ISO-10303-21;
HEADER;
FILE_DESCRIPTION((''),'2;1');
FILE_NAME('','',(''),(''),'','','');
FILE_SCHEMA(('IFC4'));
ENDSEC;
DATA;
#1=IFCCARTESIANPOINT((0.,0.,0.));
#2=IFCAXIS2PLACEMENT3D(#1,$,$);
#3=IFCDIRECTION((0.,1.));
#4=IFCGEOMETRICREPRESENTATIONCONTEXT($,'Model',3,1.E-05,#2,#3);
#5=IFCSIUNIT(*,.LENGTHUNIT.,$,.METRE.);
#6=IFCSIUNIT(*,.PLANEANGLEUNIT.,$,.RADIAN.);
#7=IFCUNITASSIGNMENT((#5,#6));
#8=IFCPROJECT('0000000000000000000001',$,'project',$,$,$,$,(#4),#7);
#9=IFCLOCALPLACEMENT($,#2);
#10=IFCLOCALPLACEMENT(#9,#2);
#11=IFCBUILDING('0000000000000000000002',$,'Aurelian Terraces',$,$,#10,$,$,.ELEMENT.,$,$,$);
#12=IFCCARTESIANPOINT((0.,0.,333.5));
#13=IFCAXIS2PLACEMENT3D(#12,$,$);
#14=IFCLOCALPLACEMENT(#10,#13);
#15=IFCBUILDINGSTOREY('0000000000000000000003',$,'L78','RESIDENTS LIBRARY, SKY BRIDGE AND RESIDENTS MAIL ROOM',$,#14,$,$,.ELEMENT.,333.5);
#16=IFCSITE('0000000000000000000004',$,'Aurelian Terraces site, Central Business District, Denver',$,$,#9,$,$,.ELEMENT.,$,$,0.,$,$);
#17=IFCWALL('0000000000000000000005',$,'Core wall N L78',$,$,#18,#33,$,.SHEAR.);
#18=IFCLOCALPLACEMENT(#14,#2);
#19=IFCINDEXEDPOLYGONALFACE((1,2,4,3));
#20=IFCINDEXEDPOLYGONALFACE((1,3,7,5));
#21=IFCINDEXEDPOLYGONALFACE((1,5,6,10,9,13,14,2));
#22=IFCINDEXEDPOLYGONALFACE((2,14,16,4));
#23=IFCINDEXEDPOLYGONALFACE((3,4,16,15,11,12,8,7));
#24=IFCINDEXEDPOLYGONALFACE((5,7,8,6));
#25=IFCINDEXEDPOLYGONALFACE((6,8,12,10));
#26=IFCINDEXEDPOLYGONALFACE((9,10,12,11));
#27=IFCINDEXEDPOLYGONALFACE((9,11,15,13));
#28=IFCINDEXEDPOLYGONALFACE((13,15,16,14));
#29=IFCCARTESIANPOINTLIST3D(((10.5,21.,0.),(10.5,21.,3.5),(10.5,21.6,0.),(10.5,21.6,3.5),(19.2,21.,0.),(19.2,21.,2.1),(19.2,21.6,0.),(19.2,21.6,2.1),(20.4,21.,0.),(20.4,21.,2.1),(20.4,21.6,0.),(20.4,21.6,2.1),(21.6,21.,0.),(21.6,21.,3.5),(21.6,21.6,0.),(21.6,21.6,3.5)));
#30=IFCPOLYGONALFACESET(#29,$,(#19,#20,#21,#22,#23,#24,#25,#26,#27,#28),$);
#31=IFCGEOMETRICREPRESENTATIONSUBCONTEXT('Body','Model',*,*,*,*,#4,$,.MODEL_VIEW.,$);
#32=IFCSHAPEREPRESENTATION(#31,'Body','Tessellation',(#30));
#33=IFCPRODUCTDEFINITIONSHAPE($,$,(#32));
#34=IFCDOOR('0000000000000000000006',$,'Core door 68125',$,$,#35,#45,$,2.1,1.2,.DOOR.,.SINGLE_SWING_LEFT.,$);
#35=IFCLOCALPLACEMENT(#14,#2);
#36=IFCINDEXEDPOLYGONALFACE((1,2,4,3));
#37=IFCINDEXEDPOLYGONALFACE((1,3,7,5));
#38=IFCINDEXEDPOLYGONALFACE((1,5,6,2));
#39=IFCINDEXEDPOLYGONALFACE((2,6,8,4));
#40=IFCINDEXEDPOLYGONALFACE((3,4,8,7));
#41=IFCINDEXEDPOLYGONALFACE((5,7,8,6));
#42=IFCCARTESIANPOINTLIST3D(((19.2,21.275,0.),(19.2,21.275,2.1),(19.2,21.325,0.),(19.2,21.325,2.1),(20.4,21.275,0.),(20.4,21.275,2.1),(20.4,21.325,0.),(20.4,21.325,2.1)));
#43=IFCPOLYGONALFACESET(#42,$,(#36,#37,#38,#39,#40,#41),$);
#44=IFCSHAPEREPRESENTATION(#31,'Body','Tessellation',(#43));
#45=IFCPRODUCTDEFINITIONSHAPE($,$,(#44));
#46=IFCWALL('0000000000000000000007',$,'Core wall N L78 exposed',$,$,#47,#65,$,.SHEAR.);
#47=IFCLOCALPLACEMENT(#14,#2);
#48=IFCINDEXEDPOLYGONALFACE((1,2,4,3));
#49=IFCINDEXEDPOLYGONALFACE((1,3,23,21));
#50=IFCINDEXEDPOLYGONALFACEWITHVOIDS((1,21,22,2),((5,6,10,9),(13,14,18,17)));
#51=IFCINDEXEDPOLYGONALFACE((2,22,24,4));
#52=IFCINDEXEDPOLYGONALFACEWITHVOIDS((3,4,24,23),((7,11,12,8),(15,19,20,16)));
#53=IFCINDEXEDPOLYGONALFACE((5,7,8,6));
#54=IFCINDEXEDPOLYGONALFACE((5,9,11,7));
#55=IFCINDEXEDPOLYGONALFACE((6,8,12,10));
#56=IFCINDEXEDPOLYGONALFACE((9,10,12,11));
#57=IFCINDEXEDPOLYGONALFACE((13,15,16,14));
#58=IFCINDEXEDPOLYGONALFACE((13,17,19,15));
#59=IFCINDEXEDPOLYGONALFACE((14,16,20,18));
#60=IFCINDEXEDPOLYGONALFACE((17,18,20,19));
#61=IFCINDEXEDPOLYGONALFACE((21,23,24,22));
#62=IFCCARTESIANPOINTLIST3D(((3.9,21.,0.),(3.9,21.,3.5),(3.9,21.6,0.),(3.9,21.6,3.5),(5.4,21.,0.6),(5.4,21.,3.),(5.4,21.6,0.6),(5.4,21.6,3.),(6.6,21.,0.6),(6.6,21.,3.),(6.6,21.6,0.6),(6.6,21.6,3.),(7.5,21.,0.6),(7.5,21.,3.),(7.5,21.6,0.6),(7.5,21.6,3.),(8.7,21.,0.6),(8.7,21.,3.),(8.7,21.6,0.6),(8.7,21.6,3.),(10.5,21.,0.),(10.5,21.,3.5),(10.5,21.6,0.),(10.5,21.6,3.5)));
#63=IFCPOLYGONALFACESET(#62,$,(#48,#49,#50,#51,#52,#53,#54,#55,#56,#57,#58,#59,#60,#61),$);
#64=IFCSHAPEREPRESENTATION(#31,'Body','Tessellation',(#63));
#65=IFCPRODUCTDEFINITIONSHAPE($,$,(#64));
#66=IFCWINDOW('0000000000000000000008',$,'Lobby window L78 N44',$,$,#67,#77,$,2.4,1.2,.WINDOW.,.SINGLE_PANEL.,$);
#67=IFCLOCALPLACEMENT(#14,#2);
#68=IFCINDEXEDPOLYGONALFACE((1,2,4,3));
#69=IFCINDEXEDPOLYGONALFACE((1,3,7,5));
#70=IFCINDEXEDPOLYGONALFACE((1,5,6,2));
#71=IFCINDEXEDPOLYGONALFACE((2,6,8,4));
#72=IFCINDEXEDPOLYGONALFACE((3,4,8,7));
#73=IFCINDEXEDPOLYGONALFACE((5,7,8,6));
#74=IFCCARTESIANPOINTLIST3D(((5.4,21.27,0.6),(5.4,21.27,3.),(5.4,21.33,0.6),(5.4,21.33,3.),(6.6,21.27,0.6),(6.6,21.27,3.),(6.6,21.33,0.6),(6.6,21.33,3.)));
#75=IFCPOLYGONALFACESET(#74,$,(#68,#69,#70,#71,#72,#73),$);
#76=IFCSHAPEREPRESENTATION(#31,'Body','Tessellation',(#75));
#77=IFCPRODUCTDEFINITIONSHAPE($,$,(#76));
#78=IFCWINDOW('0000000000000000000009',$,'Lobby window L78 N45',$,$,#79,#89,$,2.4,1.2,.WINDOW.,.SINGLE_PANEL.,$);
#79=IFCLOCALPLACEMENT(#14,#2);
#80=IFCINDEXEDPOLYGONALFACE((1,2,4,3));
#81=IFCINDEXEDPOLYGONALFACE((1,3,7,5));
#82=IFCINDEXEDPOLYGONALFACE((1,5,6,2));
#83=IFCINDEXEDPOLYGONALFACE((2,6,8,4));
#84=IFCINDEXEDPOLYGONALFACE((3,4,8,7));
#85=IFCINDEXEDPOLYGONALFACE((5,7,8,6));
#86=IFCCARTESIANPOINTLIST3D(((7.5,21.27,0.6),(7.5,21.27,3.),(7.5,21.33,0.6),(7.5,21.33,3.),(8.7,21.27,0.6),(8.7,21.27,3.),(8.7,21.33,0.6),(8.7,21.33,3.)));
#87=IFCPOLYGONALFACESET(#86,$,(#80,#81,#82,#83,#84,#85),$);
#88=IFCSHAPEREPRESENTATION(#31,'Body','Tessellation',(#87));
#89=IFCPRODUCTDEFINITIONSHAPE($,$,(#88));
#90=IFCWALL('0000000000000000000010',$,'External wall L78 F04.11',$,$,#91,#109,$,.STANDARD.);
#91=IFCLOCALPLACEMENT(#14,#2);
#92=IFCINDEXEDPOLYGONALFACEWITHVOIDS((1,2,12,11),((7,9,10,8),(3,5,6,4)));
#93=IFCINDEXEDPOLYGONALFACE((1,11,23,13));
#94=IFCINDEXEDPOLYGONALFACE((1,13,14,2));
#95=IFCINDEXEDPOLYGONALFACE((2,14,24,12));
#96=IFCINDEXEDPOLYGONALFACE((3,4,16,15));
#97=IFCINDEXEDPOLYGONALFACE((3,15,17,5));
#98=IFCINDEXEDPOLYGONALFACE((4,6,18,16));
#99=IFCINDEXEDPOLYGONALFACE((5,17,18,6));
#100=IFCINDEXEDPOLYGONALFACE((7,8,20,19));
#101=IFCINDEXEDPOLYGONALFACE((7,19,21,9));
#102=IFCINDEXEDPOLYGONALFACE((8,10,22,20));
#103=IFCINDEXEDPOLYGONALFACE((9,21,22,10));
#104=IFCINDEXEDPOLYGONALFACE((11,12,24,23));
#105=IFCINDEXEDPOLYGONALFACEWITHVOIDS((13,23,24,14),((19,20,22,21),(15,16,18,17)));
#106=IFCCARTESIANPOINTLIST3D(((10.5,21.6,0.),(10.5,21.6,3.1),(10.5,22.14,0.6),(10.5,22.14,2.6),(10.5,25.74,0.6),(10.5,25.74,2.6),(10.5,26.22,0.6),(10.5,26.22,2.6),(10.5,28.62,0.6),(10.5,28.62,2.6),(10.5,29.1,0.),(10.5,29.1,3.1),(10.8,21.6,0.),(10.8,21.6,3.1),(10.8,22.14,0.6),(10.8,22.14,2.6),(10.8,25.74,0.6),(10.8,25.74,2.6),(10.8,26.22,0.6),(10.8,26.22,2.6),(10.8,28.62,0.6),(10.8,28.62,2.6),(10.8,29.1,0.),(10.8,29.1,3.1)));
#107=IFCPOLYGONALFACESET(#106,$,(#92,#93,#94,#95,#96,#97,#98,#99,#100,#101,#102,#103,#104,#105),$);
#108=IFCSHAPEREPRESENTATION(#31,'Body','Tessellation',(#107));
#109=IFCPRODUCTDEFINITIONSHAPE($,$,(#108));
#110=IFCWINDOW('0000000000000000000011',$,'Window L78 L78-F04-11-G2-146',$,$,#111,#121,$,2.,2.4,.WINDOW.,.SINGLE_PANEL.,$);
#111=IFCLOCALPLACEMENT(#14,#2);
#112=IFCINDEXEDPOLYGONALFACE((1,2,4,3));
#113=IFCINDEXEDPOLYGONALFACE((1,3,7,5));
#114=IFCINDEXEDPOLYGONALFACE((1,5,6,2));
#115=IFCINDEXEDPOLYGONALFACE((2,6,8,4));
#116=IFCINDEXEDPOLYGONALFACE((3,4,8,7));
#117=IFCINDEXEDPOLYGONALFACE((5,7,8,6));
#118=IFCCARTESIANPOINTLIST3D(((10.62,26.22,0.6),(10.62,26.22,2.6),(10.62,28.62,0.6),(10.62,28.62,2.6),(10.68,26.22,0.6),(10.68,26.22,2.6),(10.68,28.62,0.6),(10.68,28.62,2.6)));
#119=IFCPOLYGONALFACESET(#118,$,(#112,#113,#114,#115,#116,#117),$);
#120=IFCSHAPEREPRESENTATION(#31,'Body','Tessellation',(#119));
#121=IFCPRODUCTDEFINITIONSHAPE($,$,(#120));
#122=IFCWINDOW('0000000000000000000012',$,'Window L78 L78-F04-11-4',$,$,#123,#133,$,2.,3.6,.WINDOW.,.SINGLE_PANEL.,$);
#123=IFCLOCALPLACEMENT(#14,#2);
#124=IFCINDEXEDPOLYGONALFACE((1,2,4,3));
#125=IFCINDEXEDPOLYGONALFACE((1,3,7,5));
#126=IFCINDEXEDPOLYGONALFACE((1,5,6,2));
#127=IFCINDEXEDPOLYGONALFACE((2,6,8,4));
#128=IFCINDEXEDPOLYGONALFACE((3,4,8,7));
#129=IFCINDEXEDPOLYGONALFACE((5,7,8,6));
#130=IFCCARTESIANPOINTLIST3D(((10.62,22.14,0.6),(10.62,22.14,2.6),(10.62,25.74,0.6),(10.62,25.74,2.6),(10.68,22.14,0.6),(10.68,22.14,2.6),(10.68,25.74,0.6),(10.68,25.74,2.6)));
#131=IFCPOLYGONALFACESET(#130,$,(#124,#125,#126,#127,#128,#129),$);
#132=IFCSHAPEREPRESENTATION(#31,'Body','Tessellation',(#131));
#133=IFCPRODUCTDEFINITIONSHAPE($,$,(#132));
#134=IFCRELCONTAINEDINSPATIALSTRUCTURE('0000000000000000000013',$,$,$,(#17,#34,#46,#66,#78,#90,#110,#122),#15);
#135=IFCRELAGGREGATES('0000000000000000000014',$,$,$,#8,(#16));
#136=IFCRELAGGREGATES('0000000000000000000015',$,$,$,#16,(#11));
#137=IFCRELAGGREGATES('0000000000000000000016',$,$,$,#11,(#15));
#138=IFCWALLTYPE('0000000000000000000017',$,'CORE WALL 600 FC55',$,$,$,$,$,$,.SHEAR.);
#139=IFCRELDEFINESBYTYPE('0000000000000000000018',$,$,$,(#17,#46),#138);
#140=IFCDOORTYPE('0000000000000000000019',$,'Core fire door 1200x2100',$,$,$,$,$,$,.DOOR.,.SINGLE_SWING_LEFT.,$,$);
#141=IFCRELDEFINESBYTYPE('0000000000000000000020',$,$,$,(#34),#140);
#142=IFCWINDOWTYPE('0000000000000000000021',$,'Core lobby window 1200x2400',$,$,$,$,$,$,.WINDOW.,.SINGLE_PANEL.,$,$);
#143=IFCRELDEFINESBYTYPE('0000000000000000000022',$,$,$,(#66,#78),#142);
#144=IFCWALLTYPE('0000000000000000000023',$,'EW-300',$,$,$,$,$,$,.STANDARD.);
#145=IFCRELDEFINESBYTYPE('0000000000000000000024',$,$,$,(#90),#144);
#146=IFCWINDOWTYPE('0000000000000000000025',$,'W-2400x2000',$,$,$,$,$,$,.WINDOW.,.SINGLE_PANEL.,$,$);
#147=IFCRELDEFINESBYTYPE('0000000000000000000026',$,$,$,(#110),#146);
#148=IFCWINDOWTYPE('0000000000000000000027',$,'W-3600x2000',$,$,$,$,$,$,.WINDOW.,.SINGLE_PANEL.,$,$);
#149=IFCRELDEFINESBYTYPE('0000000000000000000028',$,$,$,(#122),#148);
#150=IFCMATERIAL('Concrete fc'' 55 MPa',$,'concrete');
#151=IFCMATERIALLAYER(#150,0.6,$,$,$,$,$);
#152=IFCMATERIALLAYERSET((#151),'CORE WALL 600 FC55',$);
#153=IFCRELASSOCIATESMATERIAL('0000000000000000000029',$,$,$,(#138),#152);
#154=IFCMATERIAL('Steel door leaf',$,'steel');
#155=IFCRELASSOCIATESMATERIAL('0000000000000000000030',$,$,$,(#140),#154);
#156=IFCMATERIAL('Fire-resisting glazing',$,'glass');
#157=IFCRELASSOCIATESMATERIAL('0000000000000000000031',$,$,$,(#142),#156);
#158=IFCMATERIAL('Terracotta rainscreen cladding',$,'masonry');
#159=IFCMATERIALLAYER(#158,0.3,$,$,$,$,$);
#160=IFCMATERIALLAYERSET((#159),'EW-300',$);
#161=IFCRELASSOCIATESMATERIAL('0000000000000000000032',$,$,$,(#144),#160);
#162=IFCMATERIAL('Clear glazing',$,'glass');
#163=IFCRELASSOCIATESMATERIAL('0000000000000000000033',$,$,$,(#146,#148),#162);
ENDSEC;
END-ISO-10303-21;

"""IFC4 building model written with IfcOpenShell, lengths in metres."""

from ifc_helpers import new_model, si_unit, direction, frame, frame_2d, origin, place, context, subcontext, project, spatial, rectangle, extrude, source, transform, mapped, material, layer, layer_set, type_object, element, fill, save


model = new_model("IFC4")

# Units and contexts
model_context = context("Model", 3, precision=1e-05, world=origin(), true_north=direction((0.0, 1.0)))
body_context = subcontext(model_context, "Body", "Model", "MODEL_VIEW")
ifc_project = project(units=[si_unit("LENGTHUNIT", "METRE"), si_unit("PLANEANGLEUNIT", "RADIAN")], contexts=[model_context])

# Site, building, storey
site_placement = place(None, origin())
site = spatial("IfcSite", under=ifc_project, at=site_placement, Name="Aurelian Terraces site, Central Business District, Denver", CompositionType="ELEMENT", RefElevation=0.0)
building_placement = place(site_placement, origin())
building = spatial("IfcBuilding", under=site, at=building_placement, Name="Aurelian Terraces", CompositionType="ELEMENT")
storey_placement = place(building_placement, frame((0.0, 0.0, 333.5)))
storey = spatial("IfcBuildingStorey", under=building, at=storey_placement, Name="L78", Description="RESIDENTS LIBRARY, SKY BRIDGE AND RESIDENTS MAIL ROOM", CompositionType="ELEMENT", Elevation=333.5)

# Wall, opening, door
ifc_material_1 = material(Name="Concrete fc' 55 MPa", Category="concrete")
ifc_layer_1 = layer(ifc_material_1, 0.6)
ifc_layer_set_1 = layer_set([ifc_layer_1], Name="CORE WALL 600 FC55")
wall_type_1 = type_object("IfcWallType", Name="CORE WALL 600 FC55", PredefinedType="SHEAR", material=ifc_layer_set_1)
shared_shape_1 = source(origin(), body_context, "Body", "SweptSolid", [
    extrude(rectangle(XDim=11.1, YDim=0.6, at=frame_2d((5.55, 0.0))), origin(), (0.0, 0.0, 1.0), 3.5),
])
wall_1_placement = place(storey_placement, frame((10.5, 21.3, 0.0), z_axis=(0.0, 0.0, 1.0), x_axis=(1.0, 0.0, 0.0)))
wall_1 = element("IfcWall", 1, at=wall_1_placement, inside=storey, type_object=wall_type_1, Name="Core wall N L78", PredefinedType="SHEAR", context=body_context, shape_type="MappedRepresentation", body=[
    mapped(shared_shape_1, transform((0.0, 0.0, 0.0), scale=1.0)),
])
shared_shape_2 = source(origin(), body_context, "Body", "SweptSolid", [
    extrude(rectangle(XDim=1.2, YDim=2.1, at=frame_2d((0.6, 1.05))), frame((0.0, 0.31, 0.0), z_axis=(0.0, -1.0, 0.0), x_axis=(1.0, 0.0, 0.0)), (0.0, 0.0, 1.0), 0.62),
])
opening_1_placement = place(wall_1_placement, frame((8.7, 0.0, 0.0)))
opening_1 = element("IfcOpeningElement", 2, at=opening_1_placement, cuts=wall_1, PredefinedType="OPENING", context=body_context, shape_type="MappedRepresentation", body=[
    mapped(shared_shape_2, transform((0.0, 0.0, 0.0), scale=1.0)),
])
ifc_material_2 = material(Name="Steel door leaf", Category="steel")
door_type = type_object("IfcDoorType", Name="Core fire door 1200x2100", OperationType="SINGLE_SWING_LEFT", PredefinedType="DOOR", material=ifc_material_2)
shared_shape_3 = source(origin(), body_context, "Body", "SweptSolid", [
    extrude(rectangle(XDim=1.2, YDim=2.1, at=frame_2d((0.6, 1.05))), frame((0.0, 0.025, 0.0), z_axis=(0.0, -1.0, 0.0), x_axis=(1.0, 0.0, 0.0)), (0.0, 0.0, 1.0), 0.05),
])
door_placement = place(opening_1_placement, origin())
door = element("IfcDoor", 3, at=door_placement, inside=storey, type_object=door_type, Name="Core door 68125", OperationType="SINGLE_SWING_LEFT", OverallHeight=2.1, OverallWidth=1.2, PredefinedType="DOOR", context=body_context, shape_type="MappedRepresentation", body=[
    mapped(shared_shape_3, transform((0.0, 0.0, 0.0), scale=1.0)),
])
fill(opening_1, door)

# Walls, openings, windows
shared_shape_4 = source(origin(), body_context, "Body", "SweptSolid", [
    extrude(rectangle(XDim=6.6, YDim=0.6, at=frame_2d((3.3, 0.0))), origin(), (0.0, 0.0, 1.0), 3.5),
])
wall_2_placement = place(storey_placement, frame((3.9, 21.3, 0.0), z_axis=(0.0, 0.0, 1.0), x_axis=(1.0, 0.0, 0.0)))
wall_2 = element("IfcWall", 4, at=wall_2_placement, inside=storey, type_object=wall_type_1, Name="Core wall N L78 exposed", PredefinedType="SHEAR", context=body_context, shape_type="MappedRepresentation", body=[
    mapped(shared_shape_4, transform((0.0, 0.0, 0.0), scale=1.0)),
])
shared_shape_5 = source(origin(), body_context, "Body", "SweptSolid", [
    extrude(rectangle(XDim=1.2, YDim=2.4, at=frame_2d((0.6, 1.2))), frame((0.0, 0.31, 0.0), z_axis=(0.0, -1.0, 0.0), x_axis=(1.0, 0.0, 0.0)), (0.0, 0.0, 1.0), 0.62),
])
opening_2_placement = place(wall_2_placement, frame((1.5, 0.0, 0.6)))
opening_2 = element("IfcOpeningElement", 5, at=opening_2_placement, cuts=wall_2, PredefinedType="OPENING", context=body_context, shape_type="MappedRepresentation", body=[
    mapped(shared_shape_5, transform((0.0, 0.0, 0.0), scale=1.0)),
])
opening_3_placement = place(wall_2_placement, frame((3.6, 0.0, 0.6)))
opening_3 = element("IfcOpeningElement", 6, at=opening_3_placement, cuts=wall_2, PredefinedType="OPENING", context=body_context, shape_type="MappedRepresentation", body=[
    mapped(shared_shape_5, transform((0.0, 0.0, 0.0), scale=1.0)),
])
ifc_material_3 = material(Name="Fire-resisting glazing", Category="glass")
window_type_1 = type_object("IfcWindowType", Name="Core lobby window 1200x2400", PartitioningType="SINGLE_PANEL", PredefinedType="WINDOW", material=ifc_material_3)
shared_shape_6 = source(origin(), body_context, "Body", "SweptSolid", [
    extrude(rectangle(XDim=1.2, YDim=2.4, at=frame_2d((0.6, 1.2))), frame((0.0, 0.03, 0.0), z_axis=(0.0, -1.0, 0.0), x_axis=(1.0, 0.0, 0.0)), (0.0, 0.0, 1.0), 0.06),
])
window_1_placement = place(opening_2_placement, origin())
window_1 = element("IfcWindow", 7, at=window_1_placement, inside=storey, type_object=window_type_1, Name="Lobby window L78 N44", OverallHeight=2.4, OverallWidth=1.2, PartitioningType="SINGLE_PANEL", PredefinedType="WINDOW", context=body_context, shape_type="MappedRepresentation", body=[
    mapped(shared_shape_6, transform((0.0, 0.0, 0.0), scale=1.0)),
])
fill(opening_2, window_1)
window_2_placement = place(opening_3_placement, origin())
window_2 = element("IfcWindow", 8, at=window_2_placement, inside=storey, type_object=window_type_1, Name="Lobby window L78 N45", OverallHeight=2.4, OverallWidth=1.2, PartitioningType="SINGLE_PANEL", PredefinedType="WINDOW", context=body_context, shape_type="MappedRepresentation", body=[
    mapped(shared_shape_6, transform((0.0, 0.0, 0.0), scale=1.0)),
])
fill(opening_3, window_2)
ifc_material_4 = material(Name="Terracotta rainscreen cladding", Category="masonry")
ifc_layer_2 = layer(ifc_material_4, 0.3)
ifc_layer_set_2 = layer_set([ifc_layer_2], Name="EW-300")
wall_type_2 = type_object("IfcWallType", Name="EW-300", PredefinedType="STANDARD", material=ifc_layer_set_2)
shared_shape_7 = source(origin(), body_context, "Body", "SweptSolid", [
    extrude(rectangle(XDim=7.5, YDim=0.3, at=frame_2d((3.75, 0.0))), origin(), (0.0, 0.0, 1.0), 3.1),
])
wall_3_placement = place(storey_placement, frame((10.65, 29.1, 0.0), z_axis=(0.0, 0.0, 1.0), x_axis=(0.0, -1.0, 0.0)))
wall_3 = element("IfcWall", 9, at=wall_3_placement, inside=storey, type_object=wall_type_2, Name="External wall L78 F04.11", PredefinedType="STANDARD", context=body_context, shape_type="MappedRepresentation", body=[
    mapped(shared_shape_7, transform((0.0, 0.0, 0.0), scale=1.0)),
])
shared_shape_8 = source(origin(), body_context, "Body", "SweptSolid", [
    extrude(rectangle(XDim=3.6, YDim=2.0, at=frame_2d((1.8, 1.0))), frame((0.0, 0.16, 0.0), z_axis=(0.0, -1.0, 0.0), x_axis=(1.0, 0.0, 0.0)), (0.0, 0.0, 1.0), 0.32),
])
opening_4_placement = place(wall_3_placement, frame((3.36, 0.0, 0.6)))
opening_4 = element("IfcOpeningElement", 10, at=opening_4_placement, cuts=wall_3, PredefinedType="OPENING", context=body_context, shape_type="MappedRepresentation", body=[
    mapped(shared_shape_8, transform((0.0, 0.0, 0.0), scale=1.0)),
])
shared_shape_9 = source(origin(), body_context, "Body", "SweptSolid", [
    extrude(rectangle(XDim=2.4, YDim=2.0, at=frame_2d((1.2, 1.0))), frame((0.0, 0.16, 0.0), z_axis=(0.0, -1.0, 0.0), x_axis=(1.0, 0.0, 0.0)), (0.0, 0.0, 1.0), 0.32),
])
opening_5_placement = place(wall_3_placement, frame((0.48, 0.0, 0.6)))
opening_5 = element("IfcOpeningElement", 11, at=opening_5_placement, cuts=wall_3, PredefinedType="OPENING", context=body_context, shape_type="MappedRepresentation", body=[
    mapped(shared_shape_9, transform((0.0, 0.0, 0.0), scale=1.0)),
])
ifc_material_5 = material(Name="Clear glazing", Category="glass")
window_type_2 = type_object("IfcWindowType", Name="W-2400x2000", PartitioningType="SINGLE_PANEL", PredefinedType="WINDOW", material=ifc_material_5)
shared_shape_10 = source(origin(), body_context, "Body", "SweptSolid", [
    extrude(rectangle(XDim=2.4, YDim=2.0, at=frame_2d((1.2, 1.0))), frame((0.0, 0.03, 0.0), z_axis=(0.0, -1.0, 0.0), x_axis=(1.0, 0.0, 0.0)), (0.0, 0.0, 1.0), 0.06),
])
window_3_placement = place(opening_5_placement, origin())
window_3 = element("IfcWindow", 12, at=window_3_placement, inside=storey, type_object=window_type_2, Name="Window L78 L78-F04-11-G2-146", OverallHeight=2.0, OverallWidth=2.4, PartitioningType="SINGLE_PANEL", PredefinedType="WINDOW", context=body_context, shape_type="MappedRepresentation", body=[
    mapped(shared_shape_10, transform((0.0, 0.0, 0.0), scale=1.0)),
])
fill(opening_5, window_3)
window_type_3 = type_object("IfcWindowType", Name="W-3600x2000", PartitioningType="SINGLE_PANEL", PredefinedType="WINDOW", material=ifc_material_5)
shared_shape_11 = source(origin(), body_context, "Body", "SweptSolid", [
    extrude(rectangle(XDim=3.6, YDim=2.0, at=frame_2d((1.8, 1.0))), frame((0.0, 0.03, 0.0), z_axis=(0.0, -1.0, 0.0), x_axis=(1.0, 0.0, 0.0)), (0.0, 0.0, 1.0), 0.06),
])
window_4_placement = place(opening_4_placement, origin())
window_4 = element("IfcWindow", 13, at=window_4_placement, inside=storey, type_object=window_type_3, Name="Window L78 L78-F04-11-4", OverallHeight=2.0, OverallWidth=3.6, PartitioningType="SINGLE_PANEL", PredefinedType="WINDOW", context=body_context, shape_type="MappedRepresentation", body=[
    mapped(shared_shape_11, transform((0.0, 0.0, 0.0), scale=1.0)),
])
fill(opening_4, window_4)

save(model, "model.ifc")
